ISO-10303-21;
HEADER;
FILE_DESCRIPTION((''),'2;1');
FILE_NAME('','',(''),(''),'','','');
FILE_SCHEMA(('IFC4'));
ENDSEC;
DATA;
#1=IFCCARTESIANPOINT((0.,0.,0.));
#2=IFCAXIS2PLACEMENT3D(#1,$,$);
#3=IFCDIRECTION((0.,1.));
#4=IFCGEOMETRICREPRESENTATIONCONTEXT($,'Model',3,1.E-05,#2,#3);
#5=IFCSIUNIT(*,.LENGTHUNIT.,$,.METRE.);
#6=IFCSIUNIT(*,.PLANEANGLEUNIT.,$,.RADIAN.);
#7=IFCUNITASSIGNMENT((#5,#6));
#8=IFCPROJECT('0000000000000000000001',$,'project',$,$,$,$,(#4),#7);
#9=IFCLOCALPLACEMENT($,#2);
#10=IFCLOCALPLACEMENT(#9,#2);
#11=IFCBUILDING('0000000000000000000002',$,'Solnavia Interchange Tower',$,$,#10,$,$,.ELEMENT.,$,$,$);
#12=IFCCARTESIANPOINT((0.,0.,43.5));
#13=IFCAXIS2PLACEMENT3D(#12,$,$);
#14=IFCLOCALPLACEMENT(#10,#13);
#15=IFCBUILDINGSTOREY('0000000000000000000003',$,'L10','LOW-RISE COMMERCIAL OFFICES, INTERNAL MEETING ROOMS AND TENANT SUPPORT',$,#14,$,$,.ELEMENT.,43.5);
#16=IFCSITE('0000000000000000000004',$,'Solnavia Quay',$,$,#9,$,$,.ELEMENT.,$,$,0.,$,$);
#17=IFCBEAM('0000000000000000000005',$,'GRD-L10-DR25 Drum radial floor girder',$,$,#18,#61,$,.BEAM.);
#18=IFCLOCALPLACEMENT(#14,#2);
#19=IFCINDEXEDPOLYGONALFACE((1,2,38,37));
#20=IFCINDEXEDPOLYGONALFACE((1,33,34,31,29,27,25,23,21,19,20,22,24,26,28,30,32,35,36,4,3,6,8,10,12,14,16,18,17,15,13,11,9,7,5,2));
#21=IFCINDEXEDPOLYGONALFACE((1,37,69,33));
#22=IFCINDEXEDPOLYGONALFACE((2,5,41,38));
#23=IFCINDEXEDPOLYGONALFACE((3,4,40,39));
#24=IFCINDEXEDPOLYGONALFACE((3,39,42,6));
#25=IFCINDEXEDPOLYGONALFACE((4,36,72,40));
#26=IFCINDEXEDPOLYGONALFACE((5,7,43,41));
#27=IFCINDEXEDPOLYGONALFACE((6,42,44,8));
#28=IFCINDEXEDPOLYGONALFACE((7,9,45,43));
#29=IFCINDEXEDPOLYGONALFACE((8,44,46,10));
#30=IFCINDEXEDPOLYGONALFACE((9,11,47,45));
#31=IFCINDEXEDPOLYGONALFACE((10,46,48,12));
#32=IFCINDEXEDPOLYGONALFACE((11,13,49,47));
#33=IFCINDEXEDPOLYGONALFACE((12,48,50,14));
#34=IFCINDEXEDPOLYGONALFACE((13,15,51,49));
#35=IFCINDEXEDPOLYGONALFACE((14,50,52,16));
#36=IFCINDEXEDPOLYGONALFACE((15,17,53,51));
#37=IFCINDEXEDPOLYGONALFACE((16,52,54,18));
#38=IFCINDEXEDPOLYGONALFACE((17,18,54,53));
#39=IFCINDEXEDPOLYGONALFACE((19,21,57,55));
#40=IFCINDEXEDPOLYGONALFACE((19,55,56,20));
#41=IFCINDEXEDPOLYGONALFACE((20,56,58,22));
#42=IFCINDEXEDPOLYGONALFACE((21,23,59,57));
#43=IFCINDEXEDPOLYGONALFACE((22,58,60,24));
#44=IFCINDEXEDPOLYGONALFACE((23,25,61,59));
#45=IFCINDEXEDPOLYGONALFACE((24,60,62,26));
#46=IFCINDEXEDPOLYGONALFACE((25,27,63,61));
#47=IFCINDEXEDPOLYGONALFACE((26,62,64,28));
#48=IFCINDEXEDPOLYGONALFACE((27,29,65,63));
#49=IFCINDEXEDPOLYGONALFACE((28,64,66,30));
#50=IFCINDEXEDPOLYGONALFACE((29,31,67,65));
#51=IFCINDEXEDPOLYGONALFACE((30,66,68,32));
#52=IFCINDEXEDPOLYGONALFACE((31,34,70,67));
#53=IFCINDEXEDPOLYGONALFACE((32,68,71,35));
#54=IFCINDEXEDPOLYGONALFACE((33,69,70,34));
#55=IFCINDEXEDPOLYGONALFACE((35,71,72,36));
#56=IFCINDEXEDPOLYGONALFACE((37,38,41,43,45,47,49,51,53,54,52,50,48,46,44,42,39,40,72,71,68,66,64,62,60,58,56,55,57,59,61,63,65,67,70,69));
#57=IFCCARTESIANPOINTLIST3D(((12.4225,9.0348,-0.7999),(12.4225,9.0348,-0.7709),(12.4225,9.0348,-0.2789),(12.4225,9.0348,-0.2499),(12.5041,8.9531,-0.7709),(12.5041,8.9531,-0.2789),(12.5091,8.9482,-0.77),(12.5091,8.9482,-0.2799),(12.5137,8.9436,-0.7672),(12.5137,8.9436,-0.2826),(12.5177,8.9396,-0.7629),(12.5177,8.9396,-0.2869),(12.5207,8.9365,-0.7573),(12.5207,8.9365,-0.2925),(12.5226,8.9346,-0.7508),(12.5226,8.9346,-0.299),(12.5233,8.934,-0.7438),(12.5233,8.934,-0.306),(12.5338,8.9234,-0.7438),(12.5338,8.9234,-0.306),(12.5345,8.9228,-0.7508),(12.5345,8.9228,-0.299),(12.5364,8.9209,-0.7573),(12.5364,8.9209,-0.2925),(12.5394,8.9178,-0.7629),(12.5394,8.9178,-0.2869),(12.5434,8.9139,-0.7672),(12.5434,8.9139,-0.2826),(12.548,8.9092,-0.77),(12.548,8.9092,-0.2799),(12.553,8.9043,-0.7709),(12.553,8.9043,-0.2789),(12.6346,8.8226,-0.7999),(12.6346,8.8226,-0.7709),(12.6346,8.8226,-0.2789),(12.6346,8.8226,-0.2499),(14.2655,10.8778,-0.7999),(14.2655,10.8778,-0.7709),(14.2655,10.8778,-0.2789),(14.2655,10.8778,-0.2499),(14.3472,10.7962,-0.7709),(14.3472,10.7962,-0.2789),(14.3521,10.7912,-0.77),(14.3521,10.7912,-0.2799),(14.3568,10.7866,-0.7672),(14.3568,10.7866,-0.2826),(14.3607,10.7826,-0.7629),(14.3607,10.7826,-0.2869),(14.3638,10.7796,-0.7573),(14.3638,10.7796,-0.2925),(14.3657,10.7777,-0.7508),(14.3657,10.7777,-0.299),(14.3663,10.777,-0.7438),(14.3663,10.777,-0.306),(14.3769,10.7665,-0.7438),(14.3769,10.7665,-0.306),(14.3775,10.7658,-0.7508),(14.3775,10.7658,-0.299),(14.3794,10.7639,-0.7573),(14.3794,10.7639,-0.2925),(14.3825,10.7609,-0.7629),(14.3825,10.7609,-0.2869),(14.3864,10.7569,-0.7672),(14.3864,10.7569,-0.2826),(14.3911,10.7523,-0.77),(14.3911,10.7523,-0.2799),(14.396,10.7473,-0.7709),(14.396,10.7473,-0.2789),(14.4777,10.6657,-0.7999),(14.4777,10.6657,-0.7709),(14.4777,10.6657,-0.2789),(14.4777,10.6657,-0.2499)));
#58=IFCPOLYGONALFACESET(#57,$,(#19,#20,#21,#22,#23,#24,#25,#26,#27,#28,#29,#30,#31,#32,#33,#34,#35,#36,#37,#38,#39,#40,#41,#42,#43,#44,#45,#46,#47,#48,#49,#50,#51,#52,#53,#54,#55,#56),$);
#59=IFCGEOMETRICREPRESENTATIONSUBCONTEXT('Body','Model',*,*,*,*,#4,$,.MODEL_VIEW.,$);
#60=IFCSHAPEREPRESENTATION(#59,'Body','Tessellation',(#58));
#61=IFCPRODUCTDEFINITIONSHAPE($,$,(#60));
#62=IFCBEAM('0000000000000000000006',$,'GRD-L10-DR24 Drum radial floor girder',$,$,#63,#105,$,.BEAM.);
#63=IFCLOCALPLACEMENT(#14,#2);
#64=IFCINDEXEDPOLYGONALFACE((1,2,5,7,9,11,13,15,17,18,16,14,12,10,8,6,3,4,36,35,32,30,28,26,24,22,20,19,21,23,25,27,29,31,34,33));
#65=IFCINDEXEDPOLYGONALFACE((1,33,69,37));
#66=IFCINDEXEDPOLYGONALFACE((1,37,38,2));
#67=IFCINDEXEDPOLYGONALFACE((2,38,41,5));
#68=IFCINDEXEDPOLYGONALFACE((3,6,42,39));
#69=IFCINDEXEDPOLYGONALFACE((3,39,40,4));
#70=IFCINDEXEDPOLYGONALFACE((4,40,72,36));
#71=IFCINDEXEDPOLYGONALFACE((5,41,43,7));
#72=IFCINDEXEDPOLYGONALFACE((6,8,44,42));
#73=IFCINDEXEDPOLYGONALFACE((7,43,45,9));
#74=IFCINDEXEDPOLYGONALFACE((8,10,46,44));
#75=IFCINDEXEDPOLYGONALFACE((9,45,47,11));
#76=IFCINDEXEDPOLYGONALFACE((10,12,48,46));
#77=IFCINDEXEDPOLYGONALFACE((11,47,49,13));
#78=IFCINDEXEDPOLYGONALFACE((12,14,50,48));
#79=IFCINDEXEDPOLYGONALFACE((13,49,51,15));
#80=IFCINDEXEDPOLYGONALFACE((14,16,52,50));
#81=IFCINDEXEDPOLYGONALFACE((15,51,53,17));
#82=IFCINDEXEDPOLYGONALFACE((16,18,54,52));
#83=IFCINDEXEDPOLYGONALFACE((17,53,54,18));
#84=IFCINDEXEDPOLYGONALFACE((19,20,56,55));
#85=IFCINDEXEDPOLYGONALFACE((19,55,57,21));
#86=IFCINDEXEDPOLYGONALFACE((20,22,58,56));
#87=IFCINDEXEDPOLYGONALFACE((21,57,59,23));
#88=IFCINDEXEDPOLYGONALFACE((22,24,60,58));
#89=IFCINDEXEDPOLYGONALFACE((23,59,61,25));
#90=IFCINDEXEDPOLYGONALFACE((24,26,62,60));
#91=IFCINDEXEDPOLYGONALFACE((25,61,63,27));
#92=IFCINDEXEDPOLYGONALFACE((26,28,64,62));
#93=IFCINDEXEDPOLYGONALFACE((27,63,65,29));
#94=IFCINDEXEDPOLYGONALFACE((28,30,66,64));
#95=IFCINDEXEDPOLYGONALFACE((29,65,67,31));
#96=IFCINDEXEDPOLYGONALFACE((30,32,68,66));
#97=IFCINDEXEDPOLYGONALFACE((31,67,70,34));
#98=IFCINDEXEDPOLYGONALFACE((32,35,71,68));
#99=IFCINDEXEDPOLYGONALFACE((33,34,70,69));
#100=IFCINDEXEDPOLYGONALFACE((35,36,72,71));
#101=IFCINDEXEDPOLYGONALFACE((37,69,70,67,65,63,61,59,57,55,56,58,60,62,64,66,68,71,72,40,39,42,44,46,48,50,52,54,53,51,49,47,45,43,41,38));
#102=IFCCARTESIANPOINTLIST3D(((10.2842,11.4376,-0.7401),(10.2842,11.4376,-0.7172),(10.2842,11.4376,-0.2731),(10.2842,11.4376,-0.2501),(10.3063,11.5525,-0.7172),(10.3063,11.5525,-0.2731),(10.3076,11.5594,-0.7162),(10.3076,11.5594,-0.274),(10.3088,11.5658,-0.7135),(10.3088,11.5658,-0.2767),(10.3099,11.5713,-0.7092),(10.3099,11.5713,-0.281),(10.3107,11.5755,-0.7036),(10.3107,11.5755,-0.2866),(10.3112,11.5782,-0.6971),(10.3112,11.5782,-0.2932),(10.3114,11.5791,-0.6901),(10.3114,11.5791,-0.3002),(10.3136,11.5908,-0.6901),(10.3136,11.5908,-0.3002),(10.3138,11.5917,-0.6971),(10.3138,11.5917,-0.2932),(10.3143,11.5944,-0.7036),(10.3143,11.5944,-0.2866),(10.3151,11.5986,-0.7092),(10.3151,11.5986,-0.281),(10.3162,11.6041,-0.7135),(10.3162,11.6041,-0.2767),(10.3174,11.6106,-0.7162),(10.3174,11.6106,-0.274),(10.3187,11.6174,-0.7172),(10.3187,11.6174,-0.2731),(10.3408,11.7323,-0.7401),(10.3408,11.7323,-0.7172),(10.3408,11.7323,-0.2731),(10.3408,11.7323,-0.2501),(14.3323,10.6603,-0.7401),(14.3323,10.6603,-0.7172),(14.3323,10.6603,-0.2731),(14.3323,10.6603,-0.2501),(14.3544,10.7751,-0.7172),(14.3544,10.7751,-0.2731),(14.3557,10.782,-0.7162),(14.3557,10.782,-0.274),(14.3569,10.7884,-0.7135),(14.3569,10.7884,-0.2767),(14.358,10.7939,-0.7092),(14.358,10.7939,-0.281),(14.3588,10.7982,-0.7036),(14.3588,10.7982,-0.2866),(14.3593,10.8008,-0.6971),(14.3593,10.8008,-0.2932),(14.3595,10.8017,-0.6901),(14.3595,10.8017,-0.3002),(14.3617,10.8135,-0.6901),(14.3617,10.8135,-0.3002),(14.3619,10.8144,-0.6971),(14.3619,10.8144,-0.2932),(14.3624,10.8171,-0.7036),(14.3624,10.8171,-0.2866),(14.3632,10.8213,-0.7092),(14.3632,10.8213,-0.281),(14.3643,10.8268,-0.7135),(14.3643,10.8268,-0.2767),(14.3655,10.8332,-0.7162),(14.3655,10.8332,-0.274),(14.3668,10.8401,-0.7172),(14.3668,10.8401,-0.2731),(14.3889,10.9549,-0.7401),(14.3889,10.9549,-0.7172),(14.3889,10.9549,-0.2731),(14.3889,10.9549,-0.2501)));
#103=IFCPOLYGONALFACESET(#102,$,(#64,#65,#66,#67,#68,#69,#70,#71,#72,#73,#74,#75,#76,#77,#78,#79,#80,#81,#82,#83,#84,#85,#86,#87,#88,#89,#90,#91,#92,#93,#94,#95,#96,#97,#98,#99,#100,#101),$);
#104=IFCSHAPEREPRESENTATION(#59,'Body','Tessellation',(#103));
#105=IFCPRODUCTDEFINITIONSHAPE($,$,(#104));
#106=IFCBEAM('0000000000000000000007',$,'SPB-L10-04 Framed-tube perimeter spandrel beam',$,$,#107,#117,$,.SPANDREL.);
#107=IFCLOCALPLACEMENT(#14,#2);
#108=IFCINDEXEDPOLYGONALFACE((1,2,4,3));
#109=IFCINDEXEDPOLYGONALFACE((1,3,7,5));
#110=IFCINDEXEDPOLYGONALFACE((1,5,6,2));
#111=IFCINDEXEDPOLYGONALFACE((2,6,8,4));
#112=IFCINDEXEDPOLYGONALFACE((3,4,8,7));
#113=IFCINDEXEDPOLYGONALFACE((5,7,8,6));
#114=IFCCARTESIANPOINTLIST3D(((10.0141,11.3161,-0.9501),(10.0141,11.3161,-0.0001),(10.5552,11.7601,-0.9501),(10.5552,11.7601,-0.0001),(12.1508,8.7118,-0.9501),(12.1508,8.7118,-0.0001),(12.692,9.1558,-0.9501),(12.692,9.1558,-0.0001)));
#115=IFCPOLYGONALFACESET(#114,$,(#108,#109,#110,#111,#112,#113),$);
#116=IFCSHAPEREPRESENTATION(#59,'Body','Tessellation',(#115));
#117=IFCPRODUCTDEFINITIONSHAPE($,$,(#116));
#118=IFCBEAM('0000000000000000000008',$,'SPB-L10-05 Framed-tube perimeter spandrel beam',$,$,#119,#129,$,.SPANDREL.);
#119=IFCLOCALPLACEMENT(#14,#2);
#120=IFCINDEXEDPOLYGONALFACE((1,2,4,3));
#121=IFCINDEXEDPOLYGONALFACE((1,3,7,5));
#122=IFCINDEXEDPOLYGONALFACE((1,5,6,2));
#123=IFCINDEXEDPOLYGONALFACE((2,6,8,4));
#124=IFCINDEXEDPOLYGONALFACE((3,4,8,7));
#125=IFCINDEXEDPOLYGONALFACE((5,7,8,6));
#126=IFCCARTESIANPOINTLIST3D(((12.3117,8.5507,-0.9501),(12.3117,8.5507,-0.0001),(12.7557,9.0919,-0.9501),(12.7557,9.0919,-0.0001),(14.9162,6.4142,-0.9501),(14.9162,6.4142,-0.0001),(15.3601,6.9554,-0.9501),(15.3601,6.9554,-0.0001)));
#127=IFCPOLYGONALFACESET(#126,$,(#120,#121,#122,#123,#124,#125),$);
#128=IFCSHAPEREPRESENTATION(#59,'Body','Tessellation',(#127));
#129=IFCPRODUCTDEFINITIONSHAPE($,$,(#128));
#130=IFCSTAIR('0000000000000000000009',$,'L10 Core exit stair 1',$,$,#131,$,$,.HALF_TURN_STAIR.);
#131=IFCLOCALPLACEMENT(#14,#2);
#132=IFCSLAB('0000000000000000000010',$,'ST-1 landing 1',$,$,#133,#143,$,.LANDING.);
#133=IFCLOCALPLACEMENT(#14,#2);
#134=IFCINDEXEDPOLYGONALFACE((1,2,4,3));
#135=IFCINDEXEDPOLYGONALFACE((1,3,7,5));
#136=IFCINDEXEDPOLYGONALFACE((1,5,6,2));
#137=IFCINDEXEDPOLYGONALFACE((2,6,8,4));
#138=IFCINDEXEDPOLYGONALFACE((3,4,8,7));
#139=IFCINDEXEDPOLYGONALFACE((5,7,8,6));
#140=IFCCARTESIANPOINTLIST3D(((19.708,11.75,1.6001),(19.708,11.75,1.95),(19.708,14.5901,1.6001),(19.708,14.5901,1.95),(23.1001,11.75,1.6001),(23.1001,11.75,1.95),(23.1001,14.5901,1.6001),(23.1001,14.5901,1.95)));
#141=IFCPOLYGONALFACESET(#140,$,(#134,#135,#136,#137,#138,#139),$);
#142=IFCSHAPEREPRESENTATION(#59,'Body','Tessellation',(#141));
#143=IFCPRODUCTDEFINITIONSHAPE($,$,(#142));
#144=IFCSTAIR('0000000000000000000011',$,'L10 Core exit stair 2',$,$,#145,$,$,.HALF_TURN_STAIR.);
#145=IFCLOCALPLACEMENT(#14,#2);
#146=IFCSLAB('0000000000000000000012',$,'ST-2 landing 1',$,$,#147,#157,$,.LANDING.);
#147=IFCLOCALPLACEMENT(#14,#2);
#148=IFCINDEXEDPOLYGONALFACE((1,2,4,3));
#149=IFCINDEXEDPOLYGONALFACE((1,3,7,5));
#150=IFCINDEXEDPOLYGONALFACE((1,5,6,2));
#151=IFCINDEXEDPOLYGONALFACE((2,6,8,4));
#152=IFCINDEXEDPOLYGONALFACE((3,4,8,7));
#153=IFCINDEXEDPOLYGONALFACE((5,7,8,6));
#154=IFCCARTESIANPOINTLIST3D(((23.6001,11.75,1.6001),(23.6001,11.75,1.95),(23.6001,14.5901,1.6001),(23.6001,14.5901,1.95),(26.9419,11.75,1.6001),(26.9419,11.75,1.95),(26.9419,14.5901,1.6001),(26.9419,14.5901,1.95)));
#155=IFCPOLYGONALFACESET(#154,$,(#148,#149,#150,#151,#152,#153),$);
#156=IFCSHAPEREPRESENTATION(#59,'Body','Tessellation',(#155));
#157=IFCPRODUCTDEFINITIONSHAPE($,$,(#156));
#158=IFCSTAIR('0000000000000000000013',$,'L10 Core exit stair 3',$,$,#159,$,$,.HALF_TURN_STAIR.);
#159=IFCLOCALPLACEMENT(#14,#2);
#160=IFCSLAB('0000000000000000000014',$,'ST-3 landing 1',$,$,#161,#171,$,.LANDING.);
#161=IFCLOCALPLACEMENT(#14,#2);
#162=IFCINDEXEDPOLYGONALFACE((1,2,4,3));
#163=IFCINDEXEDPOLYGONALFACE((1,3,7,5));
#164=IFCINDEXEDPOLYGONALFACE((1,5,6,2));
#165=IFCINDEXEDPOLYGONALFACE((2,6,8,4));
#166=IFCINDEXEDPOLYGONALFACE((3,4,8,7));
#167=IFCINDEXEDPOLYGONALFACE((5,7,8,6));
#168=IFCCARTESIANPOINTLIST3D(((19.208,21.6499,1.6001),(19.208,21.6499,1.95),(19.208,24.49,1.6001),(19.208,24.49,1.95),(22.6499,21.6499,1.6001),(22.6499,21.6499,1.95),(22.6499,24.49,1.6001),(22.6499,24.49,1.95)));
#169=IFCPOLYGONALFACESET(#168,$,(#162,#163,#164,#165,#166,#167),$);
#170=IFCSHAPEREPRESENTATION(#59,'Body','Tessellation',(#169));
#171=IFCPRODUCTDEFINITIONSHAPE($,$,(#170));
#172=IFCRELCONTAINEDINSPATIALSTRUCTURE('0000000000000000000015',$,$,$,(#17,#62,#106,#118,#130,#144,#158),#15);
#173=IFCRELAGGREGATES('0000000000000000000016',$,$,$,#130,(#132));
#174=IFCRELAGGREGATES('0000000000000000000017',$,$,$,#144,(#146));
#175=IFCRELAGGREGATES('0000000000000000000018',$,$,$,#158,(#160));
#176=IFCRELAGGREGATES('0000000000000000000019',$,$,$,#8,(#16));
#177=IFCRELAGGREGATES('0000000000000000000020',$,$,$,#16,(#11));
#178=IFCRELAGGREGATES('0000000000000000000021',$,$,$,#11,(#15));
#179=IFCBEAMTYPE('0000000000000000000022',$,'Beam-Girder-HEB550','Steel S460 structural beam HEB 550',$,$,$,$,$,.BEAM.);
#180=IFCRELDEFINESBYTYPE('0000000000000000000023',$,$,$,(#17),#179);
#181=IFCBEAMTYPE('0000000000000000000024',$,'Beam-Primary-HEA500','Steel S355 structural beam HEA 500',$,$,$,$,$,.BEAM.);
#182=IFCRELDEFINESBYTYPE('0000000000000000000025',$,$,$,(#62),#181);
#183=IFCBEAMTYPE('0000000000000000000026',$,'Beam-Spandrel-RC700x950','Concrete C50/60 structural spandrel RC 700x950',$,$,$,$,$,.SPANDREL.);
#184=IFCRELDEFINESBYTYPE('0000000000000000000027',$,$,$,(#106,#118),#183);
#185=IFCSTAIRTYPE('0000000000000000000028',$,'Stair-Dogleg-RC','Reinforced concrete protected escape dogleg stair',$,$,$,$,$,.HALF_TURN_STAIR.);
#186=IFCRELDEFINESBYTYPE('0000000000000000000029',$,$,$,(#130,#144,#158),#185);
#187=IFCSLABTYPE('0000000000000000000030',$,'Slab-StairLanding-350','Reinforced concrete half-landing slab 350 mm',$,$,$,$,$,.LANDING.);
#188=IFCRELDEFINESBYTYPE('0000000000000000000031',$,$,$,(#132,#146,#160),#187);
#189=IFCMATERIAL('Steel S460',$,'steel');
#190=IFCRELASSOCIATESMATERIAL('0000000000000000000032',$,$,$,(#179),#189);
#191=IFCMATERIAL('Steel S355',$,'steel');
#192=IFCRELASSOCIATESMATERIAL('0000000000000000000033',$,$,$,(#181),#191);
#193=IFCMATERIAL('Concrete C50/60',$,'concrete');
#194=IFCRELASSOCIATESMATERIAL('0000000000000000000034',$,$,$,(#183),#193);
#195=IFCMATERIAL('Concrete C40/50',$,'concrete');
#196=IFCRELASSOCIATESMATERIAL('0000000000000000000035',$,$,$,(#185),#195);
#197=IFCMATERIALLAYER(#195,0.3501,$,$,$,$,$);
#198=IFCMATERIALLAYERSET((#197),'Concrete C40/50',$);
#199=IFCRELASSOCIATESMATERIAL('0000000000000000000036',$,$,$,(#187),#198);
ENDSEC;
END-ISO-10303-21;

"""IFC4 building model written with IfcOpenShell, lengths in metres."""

from ifc_helpers import new_model, si_unit, direction, frame, origin, origin_2d, place, context, subcontext, project, spatial, polyline, rectangle, i_section, outline, extrude, material, layer, layer_set, material_profile, profile_set, type_object, element, aggregate, save


model = new_model("IFC4")

# Units and contexts
model_context = context("Model", 3, precision=1e-05, world=origin(), true_north=direction((0.0, 1.0)))
body_context = subcontext(model_context, "Body", "Model", "MODEL_VIEW")
ifc_project = project(units=[si_unit("LENGTHUNIT", "METRE"), si_unit("PLANEANGLEUNIT", "RADIAN")], contexts=[model_context])

# Site, building, storey
site_placement = place(None, origin())
site = spatial("IfcSite", under=ifc_project, at=site_placement, Name="Solnavia Quay", CompositionType="ELEMENT", RefElevation=0.0)
building_placement = place(site_placement, origin())
building = spatial("IfcBuilding", under=site, at=building_placement, Name="Solnavia Interchange Tower", CompositionType="ELEMENT")
storey_placement = place(building_placement, frame((0.0, 0.0, 43.5)))
storey = spatial("IfcBuildingStorey", under=building, at=storey_placement, Name="L10", Description="LOW-RISE COMMERCIAL OFFICES, INTERNAL MEETING ROOMS AND TENANT SUPPORT", CompositionType="ELEMENT", Elevation=43.5)

# Shared definitions
ifc_material_1 = material(Name="Steel S355", Category="steel")

# Beams
ifc_material_2 = material(Name="Steel S460", Category="steel")
ifc_material_profile_1 = material_profile(ifc_material_2, i_section(OverallWidth=0.3, OverallDepth=0.55, WebThickness=0.0149, FlangeThickness=0.0291, FilletRadius=0.0271, at=origin_2d()), Name="HEB 550")
ifc_profile_set_1 = profile_set([ifc_material_profile_1], Name="Steel S460")
beam_type_1 = type_object("IfcBeamType", Name="Beam-Girder-HEB550", Description="Steel S460 structural beam HEB 550", PredefinedType="BEAM", material=ifc_profile_set_1)
beam_1_placement = place(storey_placement, frame((12.5286, 8.9287, -0.5249), z_axis=(0.707107, 0.707107, 0.0), x_axis=(-0.707107, 0.707107, 0.0)))
element("IfcBeam", 1, at=beam_1_placement, inside=storey, type_object=beam_type_1, Name="GRD-L10-DR25 Drum radial floor girder", PredefinedType="BEAM", context=body_context, shape_type="SweptSolid", body=[
    extrude(i_section(OverallWidth=0.3, OverallDepth=0.55, WebThickness=0.0149, FlangeThickness=0.0291, FilletRadius=0.0271, at=origin_2d()), origin(), (0.0, 0.0, 1.0), 2.6064),
])
ifc_material_profile_2 = material_profile(ifc_material_1, i_section(OverallWidth=0.3, OverallDepth=0.49, WebThickness=0.012, FlangeThickness=0.0229, FilletRadius=0.0271, at=origin_2d()), Name="HEA 500")
ifc_profile_set_2 = profile_set([ifc_material_profile_2], Name="Steel S355")
beam_type_2 = type_object("IfcBeamType", Name="Beam-Primary-HEA500", Description="Steel S355 structural beam HEA 500", PredefinedType="BEAM", material=ifc_profile_set_2)
beam_2_placement = place(storey_placement, frame((10.3125, 11.585, -0.4951), z_axis=(0.982058, -0.188582, 0.0), x_axis=(0.188582, 0.982058, 0.0)))
element("IfcBeam", 2, at=beam_2_placement, inside=storey, type_object=beam_type_2, Name="GRD-L10-DR24 Drum radial floor girder", PredefinedType="BEAM", context=body_context, shape_type="SweptSolid", body=[
    extrude(i_section(OverallWidth=0.3, OverallDepth=0.49, WebThickness=0.012, FlangeThickness=0.0229, FilletRadius=0.0271, at=origin_2d()), origin(), (0.0, 0.0, 1.0), 4.1221),
])
ifc_material_3 = material(Name="Concrete C50/60", Category="concrete")
ifc_material_profile_3 = material_profile(ifc_material_3, rectangle(XDim=0.7, YDim=0.95, at=origin_2d()), Name="RC 700x950")
ifc_profile_set_3 = profile_set([ifc_material_profile_3], Name="Concrete C50/60")
beam_type_3 = type_object("IfcBeamType", Name="Beam-Spandrel-RC700x950", Description="Concrete C50/60 structural spandrel RC 700x950", PredefinedType="SPANDREL", material=ifc_profile_set_3)
for number, where, z_axis, x_axis, name in (
    (3, (10.2847, 11.5381, -0.4751), (0.634299, -0.773088, 0.0), (0.773088, 0.634299, 0.0), "SPB-L10-04 Framed-tube perimeter spandrel beam"),
    (4, (12.5337, 8.8213, -0.4751), (0.773153, -0.63422, 0.0), (0.63422, 0.773153, 0.0), "SPB-L10-05 Framed-tube perimeter spandrel beam"),
):
    element("IfcBeam", number, at=place(storey_placement, frame(where, z_axis=z_axis, x_axis=x_axis)), inside=storey, type_object=beam_type_3, Name=name, PredefinedType="SPANDREL", context=body_context, shape_type="SweptSolid", body=[
        extrude(rectangle(XDim=0.7, YDim=0.95, at=origin_2d()), origin(), (0.0, 0.0, 1.0), 3.3687),
    ])

# Stairs, slabs
ifc_material_4 = material(Name="Concrete C40/50", Category="concrete")
stair_type = type_object("IfcStairType", Name="Stair-Dogleg-RC", Description="Reinforced concrete protected escape dogleg stair", PredefinedType="HALF_TURN_STAIR", material=ifc_material_4)
stair_1_placement = place(storey_placement, origin())
stair_1 = element("IfcStair", 5, at=stair_1_placement, inside=storey, type_object=stair_type, Name="L10 Core exit stair 1", PredefinedType="HALF_TURN_STAIR")
ifc_layer_1 = layer(ifc_material_4, 0.3501)
ifc_layer_set_1 = layer_set([ifc_layer_1], Name="Concrete C40/50")
slab_type_1 = type_object("IfcSlabType", Name="Slab-StairLanding-350", Description="Reinforced concrete half-landing slab 350 mm", PredefinedType="LANDING", material=ifc_layer_set_1)
slab_1_placement = place(storey_placement, frame((0.0, 0.0, 1.6001)))
slab_1 = element("IfcSlab", 6, at=slab_1_placement, type_object=slab_type_1, Name="ST-1 landing 1", PredefinedType="LANDING", context=body_context, shape_type="SweptSolid", body=[
    extrude(outline(polyline([(19.708, 11.75), (23.1001, 11.75), (23.1001, 14.5901), (19.708, 14.5901), (19.708, 11.75)])), origin(), (0.0, 0.0, 1.0), 0.3499),
])
aggregate(stair_1, [slab_1])
stair_2_placement = place(storey_placement, origin())
stair_2 = element("IfcStair", 7, at=stair_2_placement, inside=storey, type_object=stair_type, Name="L10 Core exit stair 2", PredefinedType="HALF_TURN_STAIR")
slab_2_placement = place(storey_placement, frame((0.0, 0.0, 1.6001)))
slab_2 = element("IfcSlab", 8, at=slab_2_placement, type_object=slab_type_1, Name="ST-2 landing 1", PredefinedType="LANDING", context=body_context, shape_type="SweptSolid", body=[
    extrude(outline(polyline([(23.6001, 11.75), (26.9419, 11.75), (26.9419, 14.5901), (23.6001, 14.5901), (23.6001, 11.75)])), origin(), (0.0, 0.0, 1.0), 0.3499),
])
aggregate(stair_2, [slab_2])
stair_3_placement = place(storey_placement, origin())
stair_3 = element("IfcStair", 9, at=stair_3_placement, inside=storey, type_object=stair_type, Name="L10 Core exit stair 3", PredefinedType="HALF_TURN_STAIR")
slab_3_placement = place(storey_placement, frame((0.0, 0.0, 1.6001)))
slab_3 = element("IfcSlab", 10, at=slab_3_placement, type_object=slab_type_1, Name="ST-3 landing 1", PredefinedType="LANDING", context=body_context, shape_type="SweptSolid", body=[
    extrude(outline(polyline([(19.208, 21.6499), (22.6499, 21.6499), (22.6499, 24.49), (19.208, 24.49), (19.208, 21.6499)])), origin(), (0.0, 0.0, 1.0), 0.3499),
])
aggregate(stair_3, [slab_3])

save(model, "model.ifc")
